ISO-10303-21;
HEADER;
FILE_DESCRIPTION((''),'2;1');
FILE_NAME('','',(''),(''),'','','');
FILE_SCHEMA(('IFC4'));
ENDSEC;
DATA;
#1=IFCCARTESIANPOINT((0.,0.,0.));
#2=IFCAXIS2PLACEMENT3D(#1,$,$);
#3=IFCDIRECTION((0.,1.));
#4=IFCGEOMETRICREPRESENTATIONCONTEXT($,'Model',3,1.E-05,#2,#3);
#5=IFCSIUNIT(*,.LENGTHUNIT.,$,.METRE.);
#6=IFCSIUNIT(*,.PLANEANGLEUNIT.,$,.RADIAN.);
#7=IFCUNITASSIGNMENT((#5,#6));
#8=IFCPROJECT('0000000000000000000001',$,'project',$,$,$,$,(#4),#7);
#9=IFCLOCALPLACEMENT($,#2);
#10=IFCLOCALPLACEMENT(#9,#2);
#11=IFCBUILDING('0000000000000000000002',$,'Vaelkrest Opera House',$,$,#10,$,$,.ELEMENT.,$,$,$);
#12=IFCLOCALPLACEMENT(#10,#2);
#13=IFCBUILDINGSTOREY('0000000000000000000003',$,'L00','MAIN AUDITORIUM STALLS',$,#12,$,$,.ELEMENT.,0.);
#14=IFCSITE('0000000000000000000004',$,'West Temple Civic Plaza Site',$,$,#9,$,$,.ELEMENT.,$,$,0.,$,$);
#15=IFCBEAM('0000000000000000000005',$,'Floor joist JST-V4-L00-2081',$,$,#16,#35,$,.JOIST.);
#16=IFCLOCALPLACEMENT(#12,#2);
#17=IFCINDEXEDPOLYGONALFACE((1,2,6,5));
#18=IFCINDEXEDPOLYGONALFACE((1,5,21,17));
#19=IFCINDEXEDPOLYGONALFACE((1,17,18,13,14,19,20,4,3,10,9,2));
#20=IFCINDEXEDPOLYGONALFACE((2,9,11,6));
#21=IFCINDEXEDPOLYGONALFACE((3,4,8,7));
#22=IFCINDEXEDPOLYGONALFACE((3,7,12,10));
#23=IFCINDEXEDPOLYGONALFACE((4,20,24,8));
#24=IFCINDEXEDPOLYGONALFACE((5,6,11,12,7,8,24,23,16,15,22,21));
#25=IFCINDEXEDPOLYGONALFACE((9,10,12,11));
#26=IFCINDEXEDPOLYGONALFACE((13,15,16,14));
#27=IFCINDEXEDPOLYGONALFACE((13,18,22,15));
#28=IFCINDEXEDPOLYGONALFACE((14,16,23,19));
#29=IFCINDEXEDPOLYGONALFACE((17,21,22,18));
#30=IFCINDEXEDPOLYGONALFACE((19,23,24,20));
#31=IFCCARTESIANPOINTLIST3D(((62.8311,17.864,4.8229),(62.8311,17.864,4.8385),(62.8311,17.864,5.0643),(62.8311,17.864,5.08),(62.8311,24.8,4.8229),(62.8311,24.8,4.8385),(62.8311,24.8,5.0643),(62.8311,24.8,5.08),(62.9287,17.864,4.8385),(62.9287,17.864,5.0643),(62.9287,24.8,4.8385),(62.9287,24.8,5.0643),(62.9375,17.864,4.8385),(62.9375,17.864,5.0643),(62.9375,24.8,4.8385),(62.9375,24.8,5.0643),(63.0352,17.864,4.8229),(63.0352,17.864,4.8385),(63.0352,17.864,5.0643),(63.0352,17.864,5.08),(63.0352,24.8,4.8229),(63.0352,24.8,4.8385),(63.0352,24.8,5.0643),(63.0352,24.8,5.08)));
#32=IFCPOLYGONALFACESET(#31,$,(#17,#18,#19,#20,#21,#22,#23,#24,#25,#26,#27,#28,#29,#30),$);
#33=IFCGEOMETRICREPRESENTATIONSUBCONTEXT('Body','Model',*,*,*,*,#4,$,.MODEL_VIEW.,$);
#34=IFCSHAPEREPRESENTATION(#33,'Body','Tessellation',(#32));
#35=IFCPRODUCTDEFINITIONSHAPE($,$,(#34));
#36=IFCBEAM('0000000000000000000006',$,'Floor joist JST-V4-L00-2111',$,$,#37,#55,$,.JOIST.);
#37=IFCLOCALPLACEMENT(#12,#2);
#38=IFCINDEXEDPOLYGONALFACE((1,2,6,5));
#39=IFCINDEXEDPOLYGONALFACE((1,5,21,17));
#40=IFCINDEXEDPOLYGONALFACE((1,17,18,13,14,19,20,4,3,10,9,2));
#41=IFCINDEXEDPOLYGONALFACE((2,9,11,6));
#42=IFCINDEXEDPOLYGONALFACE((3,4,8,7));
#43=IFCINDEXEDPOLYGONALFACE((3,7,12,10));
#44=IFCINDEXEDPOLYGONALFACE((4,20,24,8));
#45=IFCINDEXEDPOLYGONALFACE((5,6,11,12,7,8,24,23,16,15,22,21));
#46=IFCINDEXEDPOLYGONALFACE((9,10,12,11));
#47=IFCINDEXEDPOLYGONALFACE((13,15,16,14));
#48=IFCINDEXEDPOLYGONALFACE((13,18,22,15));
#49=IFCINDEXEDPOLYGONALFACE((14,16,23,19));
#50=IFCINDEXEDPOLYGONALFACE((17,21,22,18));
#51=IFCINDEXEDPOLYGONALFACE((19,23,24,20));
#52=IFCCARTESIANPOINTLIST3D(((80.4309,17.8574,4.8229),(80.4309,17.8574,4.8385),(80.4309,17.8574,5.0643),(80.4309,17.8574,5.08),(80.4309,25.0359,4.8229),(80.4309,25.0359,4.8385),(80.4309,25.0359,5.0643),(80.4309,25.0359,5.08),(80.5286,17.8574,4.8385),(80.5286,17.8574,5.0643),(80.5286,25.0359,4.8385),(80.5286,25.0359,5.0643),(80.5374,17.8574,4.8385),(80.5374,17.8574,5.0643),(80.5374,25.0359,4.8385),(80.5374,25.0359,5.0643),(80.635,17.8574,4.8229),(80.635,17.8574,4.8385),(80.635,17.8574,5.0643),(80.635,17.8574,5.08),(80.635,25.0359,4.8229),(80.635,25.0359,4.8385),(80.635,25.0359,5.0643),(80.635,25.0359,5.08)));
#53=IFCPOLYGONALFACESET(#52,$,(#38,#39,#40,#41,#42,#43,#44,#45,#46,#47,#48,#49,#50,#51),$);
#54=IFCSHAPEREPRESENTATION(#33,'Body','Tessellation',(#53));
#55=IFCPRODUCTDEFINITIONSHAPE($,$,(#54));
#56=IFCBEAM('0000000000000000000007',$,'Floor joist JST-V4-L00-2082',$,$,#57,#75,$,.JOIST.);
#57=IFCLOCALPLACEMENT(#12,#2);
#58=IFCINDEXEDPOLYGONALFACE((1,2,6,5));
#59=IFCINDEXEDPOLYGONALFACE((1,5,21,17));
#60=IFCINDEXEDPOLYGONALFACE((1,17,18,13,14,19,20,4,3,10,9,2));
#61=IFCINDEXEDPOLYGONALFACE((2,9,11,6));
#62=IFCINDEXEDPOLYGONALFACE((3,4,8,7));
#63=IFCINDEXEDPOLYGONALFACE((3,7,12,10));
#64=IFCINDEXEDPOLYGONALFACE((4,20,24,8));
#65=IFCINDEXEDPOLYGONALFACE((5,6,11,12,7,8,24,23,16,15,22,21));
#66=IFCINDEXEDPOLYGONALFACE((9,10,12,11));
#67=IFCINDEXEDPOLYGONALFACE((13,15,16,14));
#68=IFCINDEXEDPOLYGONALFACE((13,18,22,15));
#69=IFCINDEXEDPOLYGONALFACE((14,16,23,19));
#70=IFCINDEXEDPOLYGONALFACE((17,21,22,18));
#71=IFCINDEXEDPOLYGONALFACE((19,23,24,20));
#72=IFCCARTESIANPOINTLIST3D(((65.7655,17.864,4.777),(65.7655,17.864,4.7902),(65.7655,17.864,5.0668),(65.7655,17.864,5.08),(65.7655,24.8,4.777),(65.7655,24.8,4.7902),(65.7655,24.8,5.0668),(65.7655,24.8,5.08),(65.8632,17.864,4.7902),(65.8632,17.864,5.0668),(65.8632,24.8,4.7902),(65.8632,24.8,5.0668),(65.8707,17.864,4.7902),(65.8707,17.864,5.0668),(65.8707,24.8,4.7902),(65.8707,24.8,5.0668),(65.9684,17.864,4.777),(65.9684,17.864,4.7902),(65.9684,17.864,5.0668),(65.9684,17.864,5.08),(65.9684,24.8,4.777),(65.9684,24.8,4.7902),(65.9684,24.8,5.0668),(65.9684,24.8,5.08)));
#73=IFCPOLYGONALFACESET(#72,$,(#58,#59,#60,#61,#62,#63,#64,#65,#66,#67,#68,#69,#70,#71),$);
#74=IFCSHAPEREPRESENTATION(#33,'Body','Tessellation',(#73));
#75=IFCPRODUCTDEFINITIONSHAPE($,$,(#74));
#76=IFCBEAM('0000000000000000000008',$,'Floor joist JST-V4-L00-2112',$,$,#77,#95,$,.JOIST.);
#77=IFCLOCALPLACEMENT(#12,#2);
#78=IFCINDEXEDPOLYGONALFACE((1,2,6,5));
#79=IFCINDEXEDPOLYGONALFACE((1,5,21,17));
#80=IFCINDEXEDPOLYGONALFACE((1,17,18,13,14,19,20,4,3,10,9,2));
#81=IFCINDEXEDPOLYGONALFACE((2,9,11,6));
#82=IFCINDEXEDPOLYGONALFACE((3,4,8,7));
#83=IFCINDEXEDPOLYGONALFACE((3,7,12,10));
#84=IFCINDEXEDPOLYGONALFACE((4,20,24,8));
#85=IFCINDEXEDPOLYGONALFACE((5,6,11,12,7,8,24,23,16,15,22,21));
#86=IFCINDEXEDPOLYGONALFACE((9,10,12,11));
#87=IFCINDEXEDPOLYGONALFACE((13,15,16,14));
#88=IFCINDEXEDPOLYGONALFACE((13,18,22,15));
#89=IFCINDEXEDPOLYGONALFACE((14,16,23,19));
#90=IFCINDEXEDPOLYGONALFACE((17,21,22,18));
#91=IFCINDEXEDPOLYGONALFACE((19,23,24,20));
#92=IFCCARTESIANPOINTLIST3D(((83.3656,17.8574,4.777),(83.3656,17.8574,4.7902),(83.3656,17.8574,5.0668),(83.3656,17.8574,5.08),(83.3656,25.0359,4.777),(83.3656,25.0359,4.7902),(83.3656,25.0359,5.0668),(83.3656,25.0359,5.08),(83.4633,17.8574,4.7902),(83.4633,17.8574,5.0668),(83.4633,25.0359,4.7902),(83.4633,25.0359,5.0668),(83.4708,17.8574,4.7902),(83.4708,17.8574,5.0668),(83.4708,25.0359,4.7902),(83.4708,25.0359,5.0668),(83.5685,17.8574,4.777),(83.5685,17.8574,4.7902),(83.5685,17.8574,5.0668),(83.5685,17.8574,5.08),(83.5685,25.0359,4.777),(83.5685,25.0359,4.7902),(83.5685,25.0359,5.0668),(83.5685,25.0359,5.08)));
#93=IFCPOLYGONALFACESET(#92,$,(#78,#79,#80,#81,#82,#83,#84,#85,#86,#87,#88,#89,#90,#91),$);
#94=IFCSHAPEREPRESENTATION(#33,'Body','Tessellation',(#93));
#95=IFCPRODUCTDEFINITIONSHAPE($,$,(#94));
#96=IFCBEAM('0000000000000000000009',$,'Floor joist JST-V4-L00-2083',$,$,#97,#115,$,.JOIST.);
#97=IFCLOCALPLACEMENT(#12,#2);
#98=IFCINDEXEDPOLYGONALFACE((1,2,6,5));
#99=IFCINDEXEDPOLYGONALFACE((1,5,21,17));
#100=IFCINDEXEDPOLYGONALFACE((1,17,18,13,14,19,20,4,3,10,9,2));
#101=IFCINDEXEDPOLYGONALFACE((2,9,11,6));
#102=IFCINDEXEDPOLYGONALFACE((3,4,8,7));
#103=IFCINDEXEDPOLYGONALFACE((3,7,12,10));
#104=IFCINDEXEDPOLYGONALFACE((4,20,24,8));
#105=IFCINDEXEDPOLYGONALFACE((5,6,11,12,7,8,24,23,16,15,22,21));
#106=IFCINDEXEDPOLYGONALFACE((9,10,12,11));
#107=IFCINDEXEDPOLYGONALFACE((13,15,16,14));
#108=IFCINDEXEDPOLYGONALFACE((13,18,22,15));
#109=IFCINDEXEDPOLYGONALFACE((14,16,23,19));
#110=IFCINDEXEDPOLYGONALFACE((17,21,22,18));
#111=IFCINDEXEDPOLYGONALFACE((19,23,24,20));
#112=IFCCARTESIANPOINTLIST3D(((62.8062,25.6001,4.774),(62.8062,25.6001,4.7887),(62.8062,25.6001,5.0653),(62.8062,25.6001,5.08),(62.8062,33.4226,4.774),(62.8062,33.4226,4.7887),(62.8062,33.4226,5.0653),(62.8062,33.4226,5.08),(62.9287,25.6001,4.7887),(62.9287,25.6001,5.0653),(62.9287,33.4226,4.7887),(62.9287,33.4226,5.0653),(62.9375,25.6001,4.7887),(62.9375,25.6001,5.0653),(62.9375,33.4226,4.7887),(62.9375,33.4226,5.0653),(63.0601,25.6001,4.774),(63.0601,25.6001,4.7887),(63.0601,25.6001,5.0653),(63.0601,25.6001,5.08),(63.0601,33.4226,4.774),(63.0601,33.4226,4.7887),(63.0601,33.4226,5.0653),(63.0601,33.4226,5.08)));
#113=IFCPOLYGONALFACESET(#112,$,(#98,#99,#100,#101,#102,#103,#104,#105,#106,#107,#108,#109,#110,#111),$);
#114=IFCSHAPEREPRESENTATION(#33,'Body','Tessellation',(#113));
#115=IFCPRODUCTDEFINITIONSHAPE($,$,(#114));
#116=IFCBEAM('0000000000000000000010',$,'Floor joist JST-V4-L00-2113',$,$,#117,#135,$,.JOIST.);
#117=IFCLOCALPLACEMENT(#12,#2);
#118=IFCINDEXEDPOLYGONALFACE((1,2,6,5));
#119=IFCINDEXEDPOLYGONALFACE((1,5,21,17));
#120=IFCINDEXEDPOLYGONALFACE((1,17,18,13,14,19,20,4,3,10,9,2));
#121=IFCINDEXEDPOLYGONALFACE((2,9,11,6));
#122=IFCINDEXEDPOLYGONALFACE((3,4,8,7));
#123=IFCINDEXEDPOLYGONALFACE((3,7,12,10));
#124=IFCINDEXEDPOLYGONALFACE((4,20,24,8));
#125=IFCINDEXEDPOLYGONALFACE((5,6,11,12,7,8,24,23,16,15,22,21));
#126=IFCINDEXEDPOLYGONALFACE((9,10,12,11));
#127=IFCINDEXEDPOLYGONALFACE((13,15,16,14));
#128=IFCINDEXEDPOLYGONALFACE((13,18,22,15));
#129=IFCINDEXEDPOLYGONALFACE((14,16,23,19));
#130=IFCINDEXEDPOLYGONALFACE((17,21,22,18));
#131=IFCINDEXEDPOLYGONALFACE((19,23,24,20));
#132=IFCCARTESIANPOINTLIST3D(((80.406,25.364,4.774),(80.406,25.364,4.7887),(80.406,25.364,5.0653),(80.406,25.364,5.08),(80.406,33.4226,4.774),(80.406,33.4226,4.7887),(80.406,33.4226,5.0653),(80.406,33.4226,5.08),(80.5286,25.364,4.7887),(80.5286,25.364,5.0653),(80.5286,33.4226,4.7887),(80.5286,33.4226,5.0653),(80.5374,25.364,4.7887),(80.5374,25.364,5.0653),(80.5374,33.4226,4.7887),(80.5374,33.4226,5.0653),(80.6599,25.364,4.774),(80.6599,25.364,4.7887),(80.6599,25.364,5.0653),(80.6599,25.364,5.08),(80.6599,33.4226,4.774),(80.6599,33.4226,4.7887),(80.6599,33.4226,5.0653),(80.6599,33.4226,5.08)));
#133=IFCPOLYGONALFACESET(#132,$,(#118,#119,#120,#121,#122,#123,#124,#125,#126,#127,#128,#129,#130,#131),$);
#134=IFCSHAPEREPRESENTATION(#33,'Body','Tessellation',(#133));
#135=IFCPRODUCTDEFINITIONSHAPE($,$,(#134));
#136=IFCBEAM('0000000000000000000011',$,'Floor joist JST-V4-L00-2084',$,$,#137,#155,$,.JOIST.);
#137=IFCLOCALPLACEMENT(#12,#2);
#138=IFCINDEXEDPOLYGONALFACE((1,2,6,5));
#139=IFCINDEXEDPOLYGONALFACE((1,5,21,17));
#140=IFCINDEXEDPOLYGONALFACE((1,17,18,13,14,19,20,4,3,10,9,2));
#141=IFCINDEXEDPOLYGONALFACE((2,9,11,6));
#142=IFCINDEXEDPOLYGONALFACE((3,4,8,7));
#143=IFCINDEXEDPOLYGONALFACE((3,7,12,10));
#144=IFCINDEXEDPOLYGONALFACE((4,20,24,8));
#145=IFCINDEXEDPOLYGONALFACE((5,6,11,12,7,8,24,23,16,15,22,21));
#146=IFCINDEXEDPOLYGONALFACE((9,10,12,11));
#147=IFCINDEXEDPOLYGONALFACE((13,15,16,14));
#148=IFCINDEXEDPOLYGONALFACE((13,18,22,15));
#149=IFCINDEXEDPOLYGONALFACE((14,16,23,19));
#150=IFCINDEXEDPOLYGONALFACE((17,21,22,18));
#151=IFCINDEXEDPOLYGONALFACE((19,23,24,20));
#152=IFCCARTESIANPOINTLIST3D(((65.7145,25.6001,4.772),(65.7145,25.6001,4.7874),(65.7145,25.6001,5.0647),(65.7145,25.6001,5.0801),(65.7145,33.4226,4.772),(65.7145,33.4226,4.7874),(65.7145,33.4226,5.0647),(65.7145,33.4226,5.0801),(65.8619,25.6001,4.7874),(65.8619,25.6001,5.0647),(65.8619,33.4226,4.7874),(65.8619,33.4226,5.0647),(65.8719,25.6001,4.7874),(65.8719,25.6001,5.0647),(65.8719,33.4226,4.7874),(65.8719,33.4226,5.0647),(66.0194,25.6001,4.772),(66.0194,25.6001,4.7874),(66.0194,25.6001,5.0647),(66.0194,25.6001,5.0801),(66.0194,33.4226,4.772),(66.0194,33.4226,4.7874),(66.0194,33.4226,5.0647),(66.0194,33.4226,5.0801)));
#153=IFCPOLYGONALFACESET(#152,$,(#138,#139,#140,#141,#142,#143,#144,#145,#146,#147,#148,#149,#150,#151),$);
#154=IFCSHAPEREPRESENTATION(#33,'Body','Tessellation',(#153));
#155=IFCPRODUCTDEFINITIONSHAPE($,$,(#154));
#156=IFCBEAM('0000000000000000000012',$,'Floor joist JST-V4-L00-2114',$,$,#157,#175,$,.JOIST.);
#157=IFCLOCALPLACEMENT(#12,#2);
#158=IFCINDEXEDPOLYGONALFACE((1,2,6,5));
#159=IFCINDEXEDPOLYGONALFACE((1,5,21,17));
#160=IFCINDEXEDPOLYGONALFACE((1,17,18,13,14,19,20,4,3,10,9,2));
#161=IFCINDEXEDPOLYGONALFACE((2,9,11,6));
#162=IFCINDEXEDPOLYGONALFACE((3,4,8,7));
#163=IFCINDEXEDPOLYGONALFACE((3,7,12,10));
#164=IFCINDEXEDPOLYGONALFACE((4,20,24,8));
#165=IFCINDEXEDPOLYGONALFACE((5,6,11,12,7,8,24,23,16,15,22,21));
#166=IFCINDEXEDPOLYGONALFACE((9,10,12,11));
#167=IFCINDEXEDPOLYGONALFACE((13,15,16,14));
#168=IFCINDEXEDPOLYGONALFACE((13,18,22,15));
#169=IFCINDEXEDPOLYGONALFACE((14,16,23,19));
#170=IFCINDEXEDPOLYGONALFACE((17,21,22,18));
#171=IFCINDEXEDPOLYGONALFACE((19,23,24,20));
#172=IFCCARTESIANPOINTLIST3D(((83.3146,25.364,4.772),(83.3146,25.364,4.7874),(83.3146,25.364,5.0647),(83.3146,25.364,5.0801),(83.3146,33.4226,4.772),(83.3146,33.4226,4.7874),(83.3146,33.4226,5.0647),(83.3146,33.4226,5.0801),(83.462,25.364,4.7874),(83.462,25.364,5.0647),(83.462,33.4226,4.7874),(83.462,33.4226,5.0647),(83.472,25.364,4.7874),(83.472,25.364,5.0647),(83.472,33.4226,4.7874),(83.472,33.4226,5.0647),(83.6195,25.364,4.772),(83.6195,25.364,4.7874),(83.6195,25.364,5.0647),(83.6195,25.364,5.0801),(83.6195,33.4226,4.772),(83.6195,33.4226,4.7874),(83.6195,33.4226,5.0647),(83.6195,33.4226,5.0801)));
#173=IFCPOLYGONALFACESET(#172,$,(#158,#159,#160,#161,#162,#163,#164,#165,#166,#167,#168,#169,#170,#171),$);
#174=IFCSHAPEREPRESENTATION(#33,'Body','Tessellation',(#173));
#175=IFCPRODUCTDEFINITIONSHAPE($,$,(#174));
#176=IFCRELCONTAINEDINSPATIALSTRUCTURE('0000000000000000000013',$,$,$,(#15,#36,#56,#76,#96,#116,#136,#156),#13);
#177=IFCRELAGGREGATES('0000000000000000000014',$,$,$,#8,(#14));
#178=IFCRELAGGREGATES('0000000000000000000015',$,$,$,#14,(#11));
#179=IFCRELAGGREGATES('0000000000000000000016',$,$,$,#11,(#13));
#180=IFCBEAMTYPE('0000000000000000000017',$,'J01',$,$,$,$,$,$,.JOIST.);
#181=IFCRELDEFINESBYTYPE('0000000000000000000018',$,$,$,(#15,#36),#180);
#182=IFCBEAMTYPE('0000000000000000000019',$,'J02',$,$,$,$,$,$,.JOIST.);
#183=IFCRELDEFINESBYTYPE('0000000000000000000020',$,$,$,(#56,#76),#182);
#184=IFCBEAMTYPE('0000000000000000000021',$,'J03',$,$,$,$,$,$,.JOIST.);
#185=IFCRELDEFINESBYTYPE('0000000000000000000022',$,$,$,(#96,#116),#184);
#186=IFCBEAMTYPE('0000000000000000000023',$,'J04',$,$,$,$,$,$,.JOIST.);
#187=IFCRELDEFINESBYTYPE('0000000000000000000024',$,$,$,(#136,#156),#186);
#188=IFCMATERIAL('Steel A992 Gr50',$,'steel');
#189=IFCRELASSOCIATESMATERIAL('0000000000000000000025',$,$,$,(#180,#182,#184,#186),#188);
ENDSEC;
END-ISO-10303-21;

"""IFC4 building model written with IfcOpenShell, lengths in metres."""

from ifc_helpers import new_model, si_unit, direction, frame, origin, origin_2d, place, context, subcontext, project, spatial, i_section, extrude, material, material_profile, profile_set, type_object, element, save


model = new_model("IFC4")

# Units and contexts
model_context = context("Model", 3, precision=1e-05, world=origin(), true_north=direction((0.0, 1.0)))
body_context = subcontext(model_context, "Body", "Model", "MODEL_VIEW")
ifc_project = project(units=[si_unit("LENGTHUNIT", "METRE"), si_unit("PLANEANGLEUNIT", "RADIAN")], contexts=[model_context])

# Site, building, storey
site_placement = place(None, origin())
site = spatial("IfcSite", under=ifc_project, at=site_placement, Name="West Temple Civic Plaza Site", CompositionType="ELEMENT", RefElevation=0.0)
building_placement = place(site_placement, origin())
building = spatial("IfcBuilding", under=site, at=building_placement, Name="Vaelkrest Opera House", CompositionType="ELEMENT")
storey_placement = place(building_placement, origin())
storey = spatial("IfcBuildingStorey", under=building, at=storey_placement, Name="L00", Description="MAIN AUDITORIUM STALLS", CompositionType="ELEMENT", Elevation=0.0)

# Beams
ifc_material_1 = material(Name="Steel A992 Gr50", Category="steel")
ifc_material_profile_1 = material_profile(ifc_material_1, i_section(OverallWidth=0.2041, OverallDepth=0.2571, WebThickness=0.0088, FlangeThickness=0.0156, at=origin_2d()), Name="W10X45")
ifc_profile_set_1 = profile_set([ifc_material_profile_1], Name="Steel A992 Gr50")
beam_type_1 = type_object("IfcBeamType", Name="J01", PredefinedType="JOIST", material=ifc_profile_set_1)
beam_1_placement = place(storey_placement, frame((62.9331, 17.864, 4.9514), z_axis=(0.0, 1.0, 0.0), x_axis=(-1.0, 0.0, 0.0)))
element("IfcBeam", 1, at=beam_1_placement, inside=storey, type_object=beam_type_1, Name="Floor joist JST-V4-L00-2081", PredefinedType="JOIST", context=body_context, shape_type="SweptSolid", body=[
    extrude(i_section(OverallWidth=0.2041, OverallDepth=0.2571, WebThickness=0.0088, FlangeThickness=0.0156, at=origin_2d()), origin(), (0.0, 0.0, 1.0), 6.936),
])
beam_2_placement = place(storey_placement, frame((80.533, 17.8574, 4.9514), z_axis=(0.0, 1.0, 0.0), x_axis=(-1.0, 0.0, 0.0)))
element("IfcBeam", 2, at=beam_2_placement, inside=storey, type_object=beam_type_1, Name="Floor joist JST-V4-L00-2111", PredefinedType="JOIST", context=body_context, shape_type="SweptSolid", body=[
    extrude(i_section(OverallWidth=0.2041, OverallDepth=0.2571, WebThickness=0.0088, FlangeThickness=0.0156, at=origin_2d()), origin(), (0.0, 0.0, 1.0), 7.1785),
])
ifc_material_profile_2 = material_profile(ifc_material_1, i_section(OverallWidth=0.2029, OverallDepth=0.303, WebThickness=0.0076, FlangeThickness=0.0132, at=origin_2d()), Name="W12X40")
ifc_profile_set_2 = profile_set([ifc_material_profile_2], Name="Steel A992 Gr50")
beam_type_2 = type_object("IfcBeamType", Name="J02", PredefinedType="JOIST", material=ifc_profile_set_2)
beam_3_placement = place(storey_placement, frame((65.8669, 17.864, 4.9285), z_axis=(0.0, 1.0, 0.0), x_axis=(-1.0, 0.0, 0.0)))
element("IfcBeam", 3, at=beam_3_placement, inside=storey, type_object=beam_type_2, Name="Floor joist JST-V4-L00-2082", PredefinedType="JOIST", context=body_context, shape_type="SweptSolid", body=[
    extrude(i_section(OverallWidth=0.2029, OverallDepth=0.303, WebThickness=0.0076, FlangeThickness=0.0132, at=origin_2d()), origin(), (0.0, 0.0, 1.0), 6.936),
])
beam_4_placement = place(storey_placement, frame((83.467, 17.8574, 4.9285), z_axis=(0.0, 1.0, 0.0), x_axis=(-1.0, 0.0, 0.0)))
element("IfcBeam", 4, at=beam_4_placement, inside=storey, type_object=beam_type_2, Name="Floor joist JST-V4-L00-2112", PredefinedType="JOIST", context=body_context, shape_type="SweptSolid", body=[
    extrude(i_section(OverallWidth=0.2029, OverallDepth=0.303, WebThickness=0.0076, FlangeThickness=0.0132, at=origin_2d()), origin(), (0.0, 0.0, 1.0), 7.1785),
])
ifc_material_profile_3 = material_profile(ifc_material_1, i_section(OverallWidth=0.2539, OverallDepth=0.3059, WebThickness=0.0088, FlangeThickness=0.0146, at=origin_2d()), Name="W12X53")
ifc_profile_set_3 = profile_set([ifc_material_profile_3], Name="Steel A992 Gr50")
beam_type_3 = type_object("IfcBeamType", Name="J03", PredefinedType="JOIST", material=ifc_profile_set_3)
beam_5_placement = place(storey_placement, frame((62.9331, 25.6001, 4.927), z_axis=(0.0, 1.0, 0.0), x_axis=(-1.0, 0.0, 0.0)))
element("IfcBeam", 5, at=beam_5_placement, inside=storey, type_object=beam_type_3, Name="Floor joist JST-V4-L00-2083", PredefinedType="JOIST", context=body_context, shape_type="SweptSolid", body=[
    extrude(i_section(OverallWidth=0.2539, OverallDepth=0.3059, WebThickness=0.0088, FlangeThickness=0.0146, at=origin_2d()), origin(), (0.0, 0.0, 1.0), 7.8225),
])
beam_6_placement = place(storey_placement, frame((80.533, 25.364, 4.927), z_axis=(0.0, 1.0, 0.0), x_axis=(-1.0, 0.0, 0.0)))
element("IfcBeam", 6, at=beam_6_placement, inside=storey, type_object=beam_type_3, Name="Floor joist JST-V4-L00-2113", PredefinedType="JOIST", context=body_context, shape_type="SweptSolid", body=[
    extrude(i_section(OverallWidth=0.2539, OverallDepth=0.3059, WebThickness=0.0088, FlangeThickness=0.0146, at=origin_2d()), origin(), (0.0, 0.0, 1.0), 8.0586),
])
ifc_material_profile_4 = material_profile(ifc_material_1, i_section(OverallWidth=0.3049, OverallDepth=0.3081, WebThickness=0.01, FlangeThickness=0.0154, at=origin_2d()), Name="W12X65")
ifc_profile_set_4 = profile_set([ifc_material_profile_4], Name="Steel A992 Gr50")
beam_type_4 = type_object("IfcBeamType", Name="J04", PredefinedType="JOIST", material=ifc_profile_set_4)
beam_7_placement = place(storey_placement, frame((65.8669, 25.6001, 4.926), z_axis=(0.0, 1.0, 0.0), x_axis=(-1.0, 0.0, 0.0)))
element("IfcBeam", 7, at=beam_7_placement, inside=storey, type_object=beam_type_4, Name="Floor joist JST-V4-L00-2084", PredefinedType="JOIST", context=body_context, shape_type="SweptSolid", body=[
    extrude(i_section(OverallWidth=0.3049, OverallDepth=0.3081, WebThickness=0.01, FlangeThickness=0.0154, at=origin_2d()), origin(), (0.0, 0.0, 1.0), 7.8225),
])
beam_8_placement = place(storey_placement, frame((83.467, 25.364, 4.926), z_axis=(0.0, 1.0, 0.0), x_axis=(-1.0, 0.0, 0.0)))
element("IfcBeam", 8, at=beam_8_placement, inside=storey, type_object=beam_type_4, Name="Floor joist JST-V4-L00-2114", PredefinedType="JOIST", context=body_context, shape_type="SweptSolid", body=[
    extrude(i_section(OverallWidth=0.3049, OverallDepth=0.3081, WebThickness=0.01, FlangeThickness=0.0154, at=origin_2d()), origin(), (0.0, 0.0, 1.0), 8.0586),
])

save(model, "model.ifc")
